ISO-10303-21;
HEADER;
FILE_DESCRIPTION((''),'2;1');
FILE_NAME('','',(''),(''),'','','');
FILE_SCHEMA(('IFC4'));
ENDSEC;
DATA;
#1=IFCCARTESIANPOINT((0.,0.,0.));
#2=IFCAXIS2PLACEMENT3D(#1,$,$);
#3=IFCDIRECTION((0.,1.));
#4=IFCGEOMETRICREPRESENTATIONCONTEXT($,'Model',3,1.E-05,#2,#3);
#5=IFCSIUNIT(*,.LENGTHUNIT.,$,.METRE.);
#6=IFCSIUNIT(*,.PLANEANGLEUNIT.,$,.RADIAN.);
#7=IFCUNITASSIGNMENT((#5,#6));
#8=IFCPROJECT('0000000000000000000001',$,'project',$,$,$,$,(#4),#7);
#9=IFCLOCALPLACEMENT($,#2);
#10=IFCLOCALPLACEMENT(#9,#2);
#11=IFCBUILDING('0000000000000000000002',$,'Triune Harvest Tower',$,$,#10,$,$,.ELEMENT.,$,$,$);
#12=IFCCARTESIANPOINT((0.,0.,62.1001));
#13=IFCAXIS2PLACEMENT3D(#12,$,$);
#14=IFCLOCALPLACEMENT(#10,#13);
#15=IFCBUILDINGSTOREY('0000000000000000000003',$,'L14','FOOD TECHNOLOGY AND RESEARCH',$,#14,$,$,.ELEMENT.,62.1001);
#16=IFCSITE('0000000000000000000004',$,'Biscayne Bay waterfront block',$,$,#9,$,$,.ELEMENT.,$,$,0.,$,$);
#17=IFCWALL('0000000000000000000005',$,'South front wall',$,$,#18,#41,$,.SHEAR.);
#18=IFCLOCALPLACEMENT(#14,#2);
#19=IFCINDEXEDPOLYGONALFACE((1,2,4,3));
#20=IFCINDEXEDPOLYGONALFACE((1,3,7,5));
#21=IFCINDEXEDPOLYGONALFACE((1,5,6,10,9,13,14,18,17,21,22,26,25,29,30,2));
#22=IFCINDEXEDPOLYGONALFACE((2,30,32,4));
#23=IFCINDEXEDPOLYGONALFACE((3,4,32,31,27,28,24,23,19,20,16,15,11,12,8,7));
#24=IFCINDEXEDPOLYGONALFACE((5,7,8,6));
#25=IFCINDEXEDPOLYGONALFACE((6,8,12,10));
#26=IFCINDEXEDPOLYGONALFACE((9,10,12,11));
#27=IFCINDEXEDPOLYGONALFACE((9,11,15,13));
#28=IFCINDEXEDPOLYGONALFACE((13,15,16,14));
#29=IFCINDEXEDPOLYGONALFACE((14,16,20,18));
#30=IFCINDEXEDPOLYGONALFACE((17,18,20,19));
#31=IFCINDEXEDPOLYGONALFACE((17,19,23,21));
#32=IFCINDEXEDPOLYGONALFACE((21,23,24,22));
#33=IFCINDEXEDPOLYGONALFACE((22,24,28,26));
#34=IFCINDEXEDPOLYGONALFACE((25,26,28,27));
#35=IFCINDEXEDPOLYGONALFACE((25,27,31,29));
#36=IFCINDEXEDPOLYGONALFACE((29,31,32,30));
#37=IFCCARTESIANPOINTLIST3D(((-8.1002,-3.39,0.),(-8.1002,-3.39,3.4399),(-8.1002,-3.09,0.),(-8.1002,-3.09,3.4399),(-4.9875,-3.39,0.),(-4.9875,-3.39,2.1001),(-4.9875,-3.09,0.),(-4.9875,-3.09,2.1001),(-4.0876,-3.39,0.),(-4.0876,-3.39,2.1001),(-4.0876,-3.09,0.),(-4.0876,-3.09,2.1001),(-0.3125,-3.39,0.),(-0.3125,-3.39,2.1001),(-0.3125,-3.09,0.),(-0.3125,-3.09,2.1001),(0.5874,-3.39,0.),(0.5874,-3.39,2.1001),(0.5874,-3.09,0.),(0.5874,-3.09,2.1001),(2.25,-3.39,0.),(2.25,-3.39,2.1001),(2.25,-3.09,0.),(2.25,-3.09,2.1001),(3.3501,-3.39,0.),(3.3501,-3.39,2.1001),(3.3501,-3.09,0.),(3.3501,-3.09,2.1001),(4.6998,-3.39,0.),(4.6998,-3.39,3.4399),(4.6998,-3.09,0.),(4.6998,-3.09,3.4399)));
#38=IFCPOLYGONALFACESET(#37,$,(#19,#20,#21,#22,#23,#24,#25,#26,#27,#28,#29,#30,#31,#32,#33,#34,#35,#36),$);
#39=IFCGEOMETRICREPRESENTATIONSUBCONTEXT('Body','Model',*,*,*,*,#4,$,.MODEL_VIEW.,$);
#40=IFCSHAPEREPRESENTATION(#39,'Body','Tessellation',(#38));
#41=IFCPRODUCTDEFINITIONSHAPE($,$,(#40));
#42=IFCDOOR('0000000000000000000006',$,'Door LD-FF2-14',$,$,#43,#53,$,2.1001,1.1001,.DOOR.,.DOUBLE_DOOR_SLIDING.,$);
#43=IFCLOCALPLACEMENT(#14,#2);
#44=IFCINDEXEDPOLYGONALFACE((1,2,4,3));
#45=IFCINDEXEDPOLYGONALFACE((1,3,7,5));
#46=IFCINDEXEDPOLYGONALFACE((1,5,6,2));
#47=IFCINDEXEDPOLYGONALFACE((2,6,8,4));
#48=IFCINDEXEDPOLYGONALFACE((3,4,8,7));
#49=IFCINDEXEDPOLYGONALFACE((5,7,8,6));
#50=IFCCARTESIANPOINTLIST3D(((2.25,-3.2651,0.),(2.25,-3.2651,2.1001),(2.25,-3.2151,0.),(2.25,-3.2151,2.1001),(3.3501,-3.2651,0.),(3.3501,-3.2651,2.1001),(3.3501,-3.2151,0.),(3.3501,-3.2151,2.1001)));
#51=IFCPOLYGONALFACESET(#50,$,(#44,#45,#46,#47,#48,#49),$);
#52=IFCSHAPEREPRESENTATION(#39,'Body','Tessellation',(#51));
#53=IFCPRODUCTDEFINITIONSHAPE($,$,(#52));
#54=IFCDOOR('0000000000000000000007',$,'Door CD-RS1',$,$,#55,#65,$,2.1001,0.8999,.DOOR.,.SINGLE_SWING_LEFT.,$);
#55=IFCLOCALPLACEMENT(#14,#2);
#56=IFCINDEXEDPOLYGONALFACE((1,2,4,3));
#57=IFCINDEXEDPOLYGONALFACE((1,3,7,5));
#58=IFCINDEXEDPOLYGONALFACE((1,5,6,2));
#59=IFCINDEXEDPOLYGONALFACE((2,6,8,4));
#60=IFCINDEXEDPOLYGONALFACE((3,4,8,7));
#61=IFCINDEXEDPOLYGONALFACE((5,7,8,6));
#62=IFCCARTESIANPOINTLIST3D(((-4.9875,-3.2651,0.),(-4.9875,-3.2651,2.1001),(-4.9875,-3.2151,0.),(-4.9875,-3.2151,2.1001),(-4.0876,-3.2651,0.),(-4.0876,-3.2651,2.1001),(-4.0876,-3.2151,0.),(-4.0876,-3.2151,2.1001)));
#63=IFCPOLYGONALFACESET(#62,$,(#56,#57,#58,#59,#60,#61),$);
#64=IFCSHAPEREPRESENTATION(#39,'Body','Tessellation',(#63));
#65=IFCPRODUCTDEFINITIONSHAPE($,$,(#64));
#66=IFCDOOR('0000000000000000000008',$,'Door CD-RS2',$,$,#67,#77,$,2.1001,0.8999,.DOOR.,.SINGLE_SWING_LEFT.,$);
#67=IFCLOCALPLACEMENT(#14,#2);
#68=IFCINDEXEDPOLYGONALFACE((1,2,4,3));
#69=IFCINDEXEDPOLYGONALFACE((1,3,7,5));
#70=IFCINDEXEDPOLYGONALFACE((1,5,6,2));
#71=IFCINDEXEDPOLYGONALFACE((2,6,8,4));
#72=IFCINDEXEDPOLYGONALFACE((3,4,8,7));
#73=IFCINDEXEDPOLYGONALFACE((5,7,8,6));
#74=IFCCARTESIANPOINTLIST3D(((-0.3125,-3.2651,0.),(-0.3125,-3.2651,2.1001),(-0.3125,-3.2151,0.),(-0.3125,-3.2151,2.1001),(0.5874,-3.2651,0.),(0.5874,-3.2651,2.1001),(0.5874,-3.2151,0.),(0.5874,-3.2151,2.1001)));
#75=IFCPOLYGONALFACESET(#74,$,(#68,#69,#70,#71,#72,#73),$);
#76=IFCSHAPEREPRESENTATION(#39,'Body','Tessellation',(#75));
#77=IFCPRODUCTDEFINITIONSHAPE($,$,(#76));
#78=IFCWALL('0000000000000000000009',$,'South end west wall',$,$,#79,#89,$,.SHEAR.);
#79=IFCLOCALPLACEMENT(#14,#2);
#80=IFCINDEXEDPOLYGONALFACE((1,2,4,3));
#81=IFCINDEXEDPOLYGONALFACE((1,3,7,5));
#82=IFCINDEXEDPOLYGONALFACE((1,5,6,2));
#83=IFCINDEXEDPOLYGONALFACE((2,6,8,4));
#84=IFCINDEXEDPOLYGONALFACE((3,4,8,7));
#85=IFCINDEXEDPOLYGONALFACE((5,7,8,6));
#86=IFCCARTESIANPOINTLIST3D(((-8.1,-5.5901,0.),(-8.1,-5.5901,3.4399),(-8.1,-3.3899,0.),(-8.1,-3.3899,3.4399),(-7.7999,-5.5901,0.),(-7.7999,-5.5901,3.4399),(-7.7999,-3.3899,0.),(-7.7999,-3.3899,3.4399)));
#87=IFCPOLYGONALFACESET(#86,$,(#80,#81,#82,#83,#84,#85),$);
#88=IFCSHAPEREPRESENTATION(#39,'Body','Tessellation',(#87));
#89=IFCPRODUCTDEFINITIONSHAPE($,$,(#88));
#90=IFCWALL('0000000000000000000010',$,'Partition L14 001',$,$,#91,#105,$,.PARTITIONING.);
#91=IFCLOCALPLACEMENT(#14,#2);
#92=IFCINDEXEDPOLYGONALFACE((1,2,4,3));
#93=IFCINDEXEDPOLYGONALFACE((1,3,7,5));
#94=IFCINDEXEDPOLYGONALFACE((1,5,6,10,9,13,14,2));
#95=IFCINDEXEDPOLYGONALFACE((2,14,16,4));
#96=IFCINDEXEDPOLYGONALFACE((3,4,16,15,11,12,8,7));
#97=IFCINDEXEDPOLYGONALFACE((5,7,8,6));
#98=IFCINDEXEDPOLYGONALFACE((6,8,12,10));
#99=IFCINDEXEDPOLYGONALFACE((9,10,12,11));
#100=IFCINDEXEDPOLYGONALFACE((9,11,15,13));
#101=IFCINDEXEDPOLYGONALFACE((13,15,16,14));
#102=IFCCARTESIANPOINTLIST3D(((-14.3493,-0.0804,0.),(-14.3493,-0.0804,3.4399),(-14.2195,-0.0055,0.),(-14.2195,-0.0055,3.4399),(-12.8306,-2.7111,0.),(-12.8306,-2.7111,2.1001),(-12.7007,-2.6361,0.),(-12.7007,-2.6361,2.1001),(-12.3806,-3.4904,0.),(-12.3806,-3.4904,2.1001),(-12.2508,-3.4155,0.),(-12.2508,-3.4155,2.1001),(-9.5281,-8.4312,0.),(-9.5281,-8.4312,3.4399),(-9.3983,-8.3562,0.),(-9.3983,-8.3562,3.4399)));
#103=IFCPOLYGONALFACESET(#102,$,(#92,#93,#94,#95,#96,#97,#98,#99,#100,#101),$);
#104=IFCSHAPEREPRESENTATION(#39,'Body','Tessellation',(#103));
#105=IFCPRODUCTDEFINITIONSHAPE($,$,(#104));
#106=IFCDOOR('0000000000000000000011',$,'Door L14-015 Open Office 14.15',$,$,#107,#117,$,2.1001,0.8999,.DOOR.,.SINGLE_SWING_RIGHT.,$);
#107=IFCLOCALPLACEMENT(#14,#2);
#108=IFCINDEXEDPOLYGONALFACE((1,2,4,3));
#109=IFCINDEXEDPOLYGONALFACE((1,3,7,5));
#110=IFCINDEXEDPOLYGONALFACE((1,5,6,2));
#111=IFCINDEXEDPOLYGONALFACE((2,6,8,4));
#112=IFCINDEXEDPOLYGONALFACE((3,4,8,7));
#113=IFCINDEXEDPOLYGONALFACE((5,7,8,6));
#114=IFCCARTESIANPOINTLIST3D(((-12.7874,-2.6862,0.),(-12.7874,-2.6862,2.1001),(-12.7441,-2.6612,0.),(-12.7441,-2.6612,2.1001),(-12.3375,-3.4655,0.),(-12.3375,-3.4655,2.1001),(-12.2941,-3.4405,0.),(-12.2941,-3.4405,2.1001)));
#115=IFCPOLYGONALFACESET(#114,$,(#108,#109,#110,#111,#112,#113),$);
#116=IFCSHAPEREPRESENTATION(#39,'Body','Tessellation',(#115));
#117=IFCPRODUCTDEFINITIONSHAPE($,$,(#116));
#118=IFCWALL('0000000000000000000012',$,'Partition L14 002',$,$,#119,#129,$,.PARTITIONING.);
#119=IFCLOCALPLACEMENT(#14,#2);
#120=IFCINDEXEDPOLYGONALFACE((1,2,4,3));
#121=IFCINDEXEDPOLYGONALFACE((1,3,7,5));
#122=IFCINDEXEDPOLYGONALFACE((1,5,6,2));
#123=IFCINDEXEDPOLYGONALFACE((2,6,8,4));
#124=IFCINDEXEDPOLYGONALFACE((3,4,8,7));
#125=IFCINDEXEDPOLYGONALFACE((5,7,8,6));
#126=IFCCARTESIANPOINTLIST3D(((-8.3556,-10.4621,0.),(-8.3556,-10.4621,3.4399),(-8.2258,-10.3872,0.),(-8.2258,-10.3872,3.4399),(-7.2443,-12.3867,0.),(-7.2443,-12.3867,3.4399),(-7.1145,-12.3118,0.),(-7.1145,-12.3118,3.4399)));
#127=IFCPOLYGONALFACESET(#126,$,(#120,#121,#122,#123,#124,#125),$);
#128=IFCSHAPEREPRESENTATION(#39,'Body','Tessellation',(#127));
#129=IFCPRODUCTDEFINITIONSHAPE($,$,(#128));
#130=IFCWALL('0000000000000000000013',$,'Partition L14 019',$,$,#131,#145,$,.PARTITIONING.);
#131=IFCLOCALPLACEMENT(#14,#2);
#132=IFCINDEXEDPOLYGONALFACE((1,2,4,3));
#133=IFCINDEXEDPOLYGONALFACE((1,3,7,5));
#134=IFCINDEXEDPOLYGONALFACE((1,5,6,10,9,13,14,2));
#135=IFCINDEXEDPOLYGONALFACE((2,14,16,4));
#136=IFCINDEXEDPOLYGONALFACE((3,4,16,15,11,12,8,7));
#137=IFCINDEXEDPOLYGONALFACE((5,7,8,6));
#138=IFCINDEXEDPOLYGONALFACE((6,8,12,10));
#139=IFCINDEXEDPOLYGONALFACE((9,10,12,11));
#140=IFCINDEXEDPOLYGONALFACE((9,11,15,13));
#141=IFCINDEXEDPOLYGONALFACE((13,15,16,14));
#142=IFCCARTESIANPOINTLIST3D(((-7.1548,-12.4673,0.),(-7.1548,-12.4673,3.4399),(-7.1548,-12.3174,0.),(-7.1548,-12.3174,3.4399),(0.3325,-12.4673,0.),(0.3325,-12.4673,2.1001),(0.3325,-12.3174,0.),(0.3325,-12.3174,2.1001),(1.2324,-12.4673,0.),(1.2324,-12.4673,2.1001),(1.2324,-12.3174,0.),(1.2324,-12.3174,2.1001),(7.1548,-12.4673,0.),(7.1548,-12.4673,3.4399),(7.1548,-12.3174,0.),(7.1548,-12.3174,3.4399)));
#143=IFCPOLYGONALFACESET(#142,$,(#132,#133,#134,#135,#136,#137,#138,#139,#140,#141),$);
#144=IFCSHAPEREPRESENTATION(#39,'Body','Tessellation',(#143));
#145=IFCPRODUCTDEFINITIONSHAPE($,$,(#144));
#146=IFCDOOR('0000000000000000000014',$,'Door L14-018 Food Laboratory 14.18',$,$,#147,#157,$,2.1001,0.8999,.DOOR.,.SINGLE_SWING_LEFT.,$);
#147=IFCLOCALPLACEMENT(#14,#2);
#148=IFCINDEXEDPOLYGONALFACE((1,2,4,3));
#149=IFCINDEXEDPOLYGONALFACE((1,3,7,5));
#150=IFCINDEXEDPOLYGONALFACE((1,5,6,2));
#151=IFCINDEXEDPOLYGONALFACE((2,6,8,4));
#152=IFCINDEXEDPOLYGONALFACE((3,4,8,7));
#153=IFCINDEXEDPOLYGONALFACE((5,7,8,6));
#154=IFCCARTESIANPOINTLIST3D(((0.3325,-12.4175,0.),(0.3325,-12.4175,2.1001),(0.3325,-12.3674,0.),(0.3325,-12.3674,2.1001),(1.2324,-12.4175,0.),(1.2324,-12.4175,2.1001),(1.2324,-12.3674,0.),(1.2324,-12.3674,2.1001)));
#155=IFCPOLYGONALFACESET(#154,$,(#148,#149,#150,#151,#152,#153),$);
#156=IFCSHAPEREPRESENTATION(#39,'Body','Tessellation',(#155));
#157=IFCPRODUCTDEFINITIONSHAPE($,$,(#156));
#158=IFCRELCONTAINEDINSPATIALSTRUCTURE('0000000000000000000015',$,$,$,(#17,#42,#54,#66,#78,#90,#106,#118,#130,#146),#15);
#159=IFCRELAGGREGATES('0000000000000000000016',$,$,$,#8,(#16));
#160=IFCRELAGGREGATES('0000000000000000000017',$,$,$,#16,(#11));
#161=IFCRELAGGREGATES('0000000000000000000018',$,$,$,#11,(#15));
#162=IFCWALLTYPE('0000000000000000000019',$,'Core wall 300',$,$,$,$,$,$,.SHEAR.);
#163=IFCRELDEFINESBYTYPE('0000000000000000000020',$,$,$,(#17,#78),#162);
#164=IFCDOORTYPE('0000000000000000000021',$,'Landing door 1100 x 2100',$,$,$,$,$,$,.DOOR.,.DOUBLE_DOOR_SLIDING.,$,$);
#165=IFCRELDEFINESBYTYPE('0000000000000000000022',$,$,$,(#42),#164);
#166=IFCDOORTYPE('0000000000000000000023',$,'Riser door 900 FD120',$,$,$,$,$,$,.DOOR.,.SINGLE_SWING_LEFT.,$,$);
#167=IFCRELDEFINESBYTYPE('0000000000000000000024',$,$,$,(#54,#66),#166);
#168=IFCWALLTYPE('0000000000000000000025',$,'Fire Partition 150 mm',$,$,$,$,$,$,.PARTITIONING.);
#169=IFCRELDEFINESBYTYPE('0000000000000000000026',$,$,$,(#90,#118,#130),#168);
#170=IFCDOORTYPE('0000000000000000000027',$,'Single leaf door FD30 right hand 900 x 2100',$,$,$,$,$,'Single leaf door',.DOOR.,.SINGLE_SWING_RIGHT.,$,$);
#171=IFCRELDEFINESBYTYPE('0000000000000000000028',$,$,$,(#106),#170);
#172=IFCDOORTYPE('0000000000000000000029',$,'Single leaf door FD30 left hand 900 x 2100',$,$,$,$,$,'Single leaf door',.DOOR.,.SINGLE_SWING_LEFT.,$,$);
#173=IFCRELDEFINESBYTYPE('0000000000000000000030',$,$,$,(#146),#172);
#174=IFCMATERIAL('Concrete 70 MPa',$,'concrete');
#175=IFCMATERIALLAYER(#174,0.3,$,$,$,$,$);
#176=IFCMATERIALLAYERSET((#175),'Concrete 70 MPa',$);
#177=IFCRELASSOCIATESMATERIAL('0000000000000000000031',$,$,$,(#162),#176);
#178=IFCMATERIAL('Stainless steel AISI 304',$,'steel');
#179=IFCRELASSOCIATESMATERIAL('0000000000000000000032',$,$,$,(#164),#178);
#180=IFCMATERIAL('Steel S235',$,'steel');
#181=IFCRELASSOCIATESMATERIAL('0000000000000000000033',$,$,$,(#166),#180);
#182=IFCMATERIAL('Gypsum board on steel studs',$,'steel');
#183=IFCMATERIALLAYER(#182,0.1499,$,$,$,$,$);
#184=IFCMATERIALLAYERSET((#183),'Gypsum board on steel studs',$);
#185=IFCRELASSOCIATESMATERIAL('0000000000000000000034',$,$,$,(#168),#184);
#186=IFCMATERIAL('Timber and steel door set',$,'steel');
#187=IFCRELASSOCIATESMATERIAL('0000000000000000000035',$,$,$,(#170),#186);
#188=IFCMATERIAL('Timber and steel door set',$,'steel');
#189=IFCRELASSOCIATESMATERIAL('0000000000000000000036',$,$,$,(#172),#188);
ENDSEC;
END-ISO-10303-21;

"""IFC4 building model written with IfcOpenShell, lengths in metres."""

from ifc_helpers import new_model, si_unit, direction, frame, frame_2d, origin, place, context, subcontext, project, spatial, rectangle, extrude, source, transform, mapped, material, layer, layer_set, type_object, element, fill, save


model = new_model("IFC4")

# Units and contexts
model_context = context("Model", 3, precision=1e-05, world=origin(), true_north=direction((0.0, 1.0)))
body_context = subcontext(model_context, "Body", "Model", "MODEL_VIEW")
ifc_project = project(units=[si_unit("LENGTHUNIT", "METRE"), si_unit("PLANEANGLEUNIT", "RADIAN")], contexts=[model_context])

# Site, building, storey
site_placement = place(None, origin())
site = spatial("IfcSite", under=ifc_project, at=site_placement, Name="Biscayne Bay waterfront block", CompositionType="ELEMENT", RefElevation=0.0)
building_placement = place(site_placement, origin())
building = spatial("IfcBuilding", under=site, at=building_placement, Name="Triune Harvest Tower", CompositionType="ELEMENT")
storey_placement = place(building_placement, frame((0.0, 0.0, 62.1001)))
storey = spatial("IfcBuildingStorey", under=building, at=storey_placement, Name="L14", Description="FOOD TECHNOLOGY AND RESEARCH", CompositionType="ELEMENT", Elevation=62.1001)

# Wall, openings, doors
ifc_material_1 = material(Name="Concrete 70 MPa", Category="concrete")
ifc_layer_1 = layer(ifc_material_1, 0.3)
ifc_layer_set_1 = layer_set([ifc_layer_1], Name="Concrete 70 MPa")
wall_type_1 = type_object("IfcWallType", Name="Core wall 300", PredefinedType="SHEAR", material=ifc_layer_set_1)
shared_shape_1 = source(origin(), body_context, "Body", "SweptSolid", [
    extrude(rectangle(XDim=12.8, YDim=0.3, at=frame_2d((6.3999, 0.0))), origin(), (0.0, 0.0, 1.0), 3.4399),
])
wall_1_placement = place(storey_placement, frame((-8.1001, -3.24, 0.0), z_axis=(0.0, 0.0, 1.0), x_axis=(1.0, 0.0, 0.0)))
wall_1 = element("IfcWall", 1, at=wall_1_placement, inside=storey, type_object=wall_type_1, Name="South front wall", PredefinedType="SHEAR", context=body_context, shape_type="MappedRepresentation", body=[
    mapped(shared_shape_1, transform((0.0, 0.0, 0.0), scale=1.0)),
])
opening_1_placement = place(wall_1_placement, frame((3.1125, 0.0, 0.0)))
opening_1 = element("IfcOpeningElement", 2, at=opening_1_placement, cuts=wall_1, PredefinedType="OPENING", context=body_context, shape_type="SweptSolid", body=[
    extrude(rectangle(XDim=0.8999, YDim=2.1001, at=frame_2d((0.45, 1.05))), frame((0.0, 0.1602, 0.0), z_axis=(0.0, -1.0, 0.0), x_axis=(1.0, 0.0, 0.0)), (0.0, 0.0, 1.0), 0.3201),
])
opening_2_placement = place(wall_1_placement, frame((7.7876, 0.0, 0.0)))
opening_2 = element("IfcOpeningElement", 3, at=opening_2_placement, cuts=wall_1, PredefinedType="OPENING", context=body_context, shape_type="SweptSolid", body=[
    extrude(rectangle(XDim=0.8999, YDim=2.1001, at=frame_2d((0.45, 1.05))), frame((0.0, 0.1602, 0.0), z_axis=(0.0, -1.0, 0.0), x_axis=(1.0, 0.0, 0.0)), (0.0, 0.0, 1.0), 0.3201),
])
opening_3_placement = place(wall_1_placement, frame((10.3501, 0.0, 0.0)))
opening_3 = element("IfcOpeningElement", 4, at=opening_3_placement, cuts=wall_1, PredefinedType="OPENING", context=body_context, shape_type="SweptSolid", body=[
    extrude(rectangle(XDim=1.1001, YDim=2.1001, at=frame_2d((0.55, 1.05))), frame((0.0, 0.1602, 0.0), z_axis=(0.0, -1.0, 0.0), x_axis=(1.0, 0.0, 0.0)), (0.0, 0.0, 1.0), 0.3201),
])
ifc_material_2 = material(Name="Stainless steel AISI 304", Category="steel")
door_type_1 = type_object("IfcDoorType", Name="Landing door 1100 x 2100", OperationType="DOUBLE_DOOR_SLIDING", PredefinedType="DOOR", material=ifc_material_2)
door_1_placement = place(opening_3_placement, origin())
door_1 = element("IfcDoor", 5, at=door_1_placement, inside=storey, type_object=door_type_1, Name="Door LD-FF2-14", OperationType="DOUBLE_DOOR_SLIDING", OverallHeight=2.1001, OverallWidth=1.1001, PredefinedType="DOOR", context=body_context, shape_type="SweptSolid", body=[
    extrude(rectangle(XDim=1.1001, YDim=2.1001, at=frame_2d((0.55, 1.05))), frame((0.0, 0.0249, 0.0), z_axis=(0.0, -1.0, 0.0), x_axis=(1.0, 0.0, 0.0)), (0.0, 0.0, 1.0), 0.05),
])
fill(opening_3, door_1)
ifc_material_3 = material(Name="Steel S235", Category="steel")
door_type_2 = type_object("IfcDoorType", Name="Riser door 900 FD120", OperationType="SINGLE_SWING_LEFT", PredefinedType="DOOR", material=ifc_material_3)
door_2_placement = place(opening_1_placement, origin())
door_2 = element("IfcDoor", 6, at=door_2_placement, inside=storey, type_object=door_type_2, Name="Door CD-RS1", OperationType="SINGLE_SWING_LEFT", OverallHeight=2.1001, OverallWidth=0.8999, PredefinedType="DOOR", context=body_context, shape_type="SweptSolid", body=[
    extrude(rectangle(XDim=0.8999, YDim=2.1001, at=frame_2d((0.45, 1.05))), frame((0.0, 0.0249, 0.0), z_axis=(0.0, -1.0, 0.0), x_axis=(1.0, 0.0, 0.0)), (0.0, 0.0, 1.0), 0.05),
])
fill(opening_1, door_2)
door_3_placement = place(opening_2_placement, origin())
door_3 = element("IfcDoor", 7, at=door_3_placement, inside=storey, type_object=door_type_2, Name="Door CD-RS2", OperationType="SINGLE_SWING_LEFT", OverallHeight=2.1001, OverallWidth=0.8999, PredefinedType="DOOR", context=body_context, shape_type="SweptSolid", body=[
    extrude(rectangle(XDim=0.8999, YDim=2.1001, at=frame_2d((0.45, 1.05))), frame((0.0, 0.0249, 0.0), z_axis=(0.0, -1.0, 0.0), x_axis=(1.0, 0.0, 0.0)), (0.0, 0.0, 1.0), 0.05),
])
fill(opening_2, door_3)

# Wall
shared_shape_2 = source(origin(), body_context, "Body", "SweptSolid", [
    extrude(rectangle(XDim=2.2002, YDim=0.3, at=frame_2d((1.1001, 0.0))), origin(), (0.0, 0.0, 1.0), 3.4399),
])
wall_2_placement = place(storey_placement, frame((-7.95, -5.5901, 0.0), z_axis=(0.0, 0.0, 1.0), x_axis=(0.0, 1.0, 0.0)))
element("IfcWall", 8, at=wall_2_placement, inside=storey, type_object=wall_type_1, Name="South end west wall", PredefinedType="SHEAR", context=body_context, shape_type="MappedRepresentation", body=[
    mapped(shared_shape_2, transform((0.0, 0.0, 0.0), scale=1.0)),
])

# Wall, opening, door
ifc_material_4 = material(Name="Gypsum board on steel studs", Category="steel")
ifc_layer_2 = layer(ifc_material_4, 0.1499)
ifc_layer_set_2 = layer_set([ifc_layer_2], Name="Gypsum board on steel studs")
wall_type_2 = type_object("IfcWallType", Name="Fire Partition 150 mm", PredefinedType="PARTITIONING", material=ifc_layer_set_2)
shared_shape_3 = source(origin(), body_context, "Body", "SweptSolid", [
    extrude(rectangle(XDim=9.6426, YDim=0.1499, at=frame_2d((4.8213, 0.0))), origin(), (0.0, 0.0, 1.0), 3.4399),
])
wall_3_placement = place(storey_placement, frame((-14.2844, -0.043, 0.0), z_axis=(0.0, 0.0, 1.0), x_axis=(0.499995, -0.866028, 0.0)))
wall_3 = element("IfcWall", 9, at=wall_3_placement, inside=storey, type_object=wall_type_2, Name="Partition L14 001", PredefinedType="PARTITIONING", context=body_context, shape_type="MappedRepresentation", body=[
    mapped(shared_shape_3, transform((0.0, 0.0, 0.0), scale=1.0)),
])
opening_4_placement = place(wall_3_placement, frame((3.0376, 0.0, 0.0)))
opening_4 = element("IfcOpeningElement", 10, at=opening_4_placement, cuts=wall_3, PredefinedType="OPENING", context=body_context, shape_type="SweptSolid", body=[
    extrude(rectangle(XDim=0.8999, YDim=2.1001, at=frame_2d((0.45, 1.05))), frame((0.0, 0.085, 0.0), z_axis=(0.0, -1.0, 0.0), x_axis=(1.0, 0.0, 0.0)), (0.0, 0.0, 1.0), 0.1699),
])
ifc_material_5 = material(Name="Timber and steel door set", Category="steel")
door_type_3 = type_object("IfcDoorType", Name="Single leaf door FD30 right hand 900 x 2100", ElementType="Single leaf door", OperationType="SINGLE_SWING_RIGHT", PredefinedType="DOOR", material=ifc_material_5)
door_4_placement = place(opening_4_placement, origin())
door_4 = element("IfcDoor", 11, at=door_4_placement, inside=storey, type_object=door_type_3, Name="Door L14-015 Open Office 14.15", OperationType="SINGLE_SWING_RIGHT", OverallHeight=2.1001, OverallWidth=0.8999, PredefinedType="DOOR", context=body_context, shape_type="SweptSolid", body=[
    extrude(rectangle(XDim=0.8999, YDim=2.1001, at=frame_2d((0.45, 1.05))), frame((0.0, 0.0249, 0.0), z_axis=(0.0, -1.0, 0.0), x_axis=(1.0, 0.0, 0.0)), (0.0, 0.0, 1.0), 0.05),
])
fill(opening_4, door_4)

# Wall
shared_shape_4 = source(origin(), body_context, "Body", "SweptSolid", [
    extrude(rectangle(XDim=2.2224, YDim=0.1499, at=frame_2d((1.1113, 0.0))), origin(), (0.0, 0.0, 1.0), 3.4399),
])
wall_4_placement = place(storey_placement, frame((-8.2908, -10.4246, 0.0), z_axis=(0.0, 0.0, 1.0), x_axis=(0.500062, -0.86599, 0.0)))
element("IfcWall", 12, at=wall_4_placement, inside=storey, type_object=wall_type_2, Name="Partition L14 002", PredefinedType="PARTITIONING", context=body_context, shape_type="MappedRepresentation", body=[
    mapped(shared_shape_4, transform((0.0, 0.0, 0.0), scale=1.0)),
])

# Wall, opening, door
shared_shape_5 = source(origin(), body_context, "Body", "SweptSolid", [
    extrude(rectangle(XDim=14.3096, YDim=0.1499, at=frame_2d((7.1548, 0.0))), origin(), (0.0, 0.0, 1.0), 3.4399),
])
wall_5_placement = place(storey_placement, frame((-7.1548, -12.3923, 0.0), z_axis=(0.0, 0.0, 1.0), x_axis=(1.0, 0.0, 0.0)))
wall_5 = element("IfcWall", 13, at=wall_5_placement, inside=storey, type_object=wall_type_2, Name="Partition L14 019", PredefinedType="PARTITIONING", context=body_context, shape_type="MappedRepresentation", body=[
    mapped(shared_shape_5, transform((0.0, 0.0, 0.0), scale=1.0)),
])
opening_5_placement = place(wall_5_placement, frame((7.4873, 0.0, 0.0)))
opening_5 = element("IfcOpeningElement", 14, at=opening_5_placement, cuts=wall_5, PredefinedType="OPENING", context=body_context, shape_type="SweptSolid", body=[
    extrude(rectangle(XDim=0.8999, YDim=2.1001, at=frame_2d((0.45, 1.05))), frame((0.0, 0.085, 0.0), z_axis=(0.0, -1.0, 0.0), x_axis=(1.0, 0.0, 0.0)), (0.0, 0.0, 1.0), 0.1699),
])
ifc_material_6 = material(Name="Timber and steel door set", Category="steel")
door_type_4 = type_object("IfcDoorType", Name="Single leaf door FD30 left hand 900 x 2100", ElementType="Single leaf door", OperationType="SINGLE_SWING_LEFT", PredefinedType="DOOR", material=ifc_material_6)
door_5_placement = place(opening_5_placement, origin())
door_5 = element("IfcDoor", 15, at=door_5_placement, inside=storey, type_object=door_type_4, Name="Door L14-018 Food Laboratory 14.18", OperationType="SINGLE_SWING_LEFT", OverallHeight=2.1001, OverallWidth=0.8999, PredefinedType="DOOR", context=body_context, shape_type="SweptSolid", body=[
    extrude(rectangle(XDim=0.8999, YDim=2.1001, at=frame_2d((0.45, 1.05))), frame((0.0, 0.0249, 0.0), z_axis=(0.0, -1.0, 0.0), x_axis=(1.0, 0.0, 0.0)), (0.0, 0.0, 1.0), 0.05),
])
fill(opening_5, door_5)

save(model, "model.ifc")
